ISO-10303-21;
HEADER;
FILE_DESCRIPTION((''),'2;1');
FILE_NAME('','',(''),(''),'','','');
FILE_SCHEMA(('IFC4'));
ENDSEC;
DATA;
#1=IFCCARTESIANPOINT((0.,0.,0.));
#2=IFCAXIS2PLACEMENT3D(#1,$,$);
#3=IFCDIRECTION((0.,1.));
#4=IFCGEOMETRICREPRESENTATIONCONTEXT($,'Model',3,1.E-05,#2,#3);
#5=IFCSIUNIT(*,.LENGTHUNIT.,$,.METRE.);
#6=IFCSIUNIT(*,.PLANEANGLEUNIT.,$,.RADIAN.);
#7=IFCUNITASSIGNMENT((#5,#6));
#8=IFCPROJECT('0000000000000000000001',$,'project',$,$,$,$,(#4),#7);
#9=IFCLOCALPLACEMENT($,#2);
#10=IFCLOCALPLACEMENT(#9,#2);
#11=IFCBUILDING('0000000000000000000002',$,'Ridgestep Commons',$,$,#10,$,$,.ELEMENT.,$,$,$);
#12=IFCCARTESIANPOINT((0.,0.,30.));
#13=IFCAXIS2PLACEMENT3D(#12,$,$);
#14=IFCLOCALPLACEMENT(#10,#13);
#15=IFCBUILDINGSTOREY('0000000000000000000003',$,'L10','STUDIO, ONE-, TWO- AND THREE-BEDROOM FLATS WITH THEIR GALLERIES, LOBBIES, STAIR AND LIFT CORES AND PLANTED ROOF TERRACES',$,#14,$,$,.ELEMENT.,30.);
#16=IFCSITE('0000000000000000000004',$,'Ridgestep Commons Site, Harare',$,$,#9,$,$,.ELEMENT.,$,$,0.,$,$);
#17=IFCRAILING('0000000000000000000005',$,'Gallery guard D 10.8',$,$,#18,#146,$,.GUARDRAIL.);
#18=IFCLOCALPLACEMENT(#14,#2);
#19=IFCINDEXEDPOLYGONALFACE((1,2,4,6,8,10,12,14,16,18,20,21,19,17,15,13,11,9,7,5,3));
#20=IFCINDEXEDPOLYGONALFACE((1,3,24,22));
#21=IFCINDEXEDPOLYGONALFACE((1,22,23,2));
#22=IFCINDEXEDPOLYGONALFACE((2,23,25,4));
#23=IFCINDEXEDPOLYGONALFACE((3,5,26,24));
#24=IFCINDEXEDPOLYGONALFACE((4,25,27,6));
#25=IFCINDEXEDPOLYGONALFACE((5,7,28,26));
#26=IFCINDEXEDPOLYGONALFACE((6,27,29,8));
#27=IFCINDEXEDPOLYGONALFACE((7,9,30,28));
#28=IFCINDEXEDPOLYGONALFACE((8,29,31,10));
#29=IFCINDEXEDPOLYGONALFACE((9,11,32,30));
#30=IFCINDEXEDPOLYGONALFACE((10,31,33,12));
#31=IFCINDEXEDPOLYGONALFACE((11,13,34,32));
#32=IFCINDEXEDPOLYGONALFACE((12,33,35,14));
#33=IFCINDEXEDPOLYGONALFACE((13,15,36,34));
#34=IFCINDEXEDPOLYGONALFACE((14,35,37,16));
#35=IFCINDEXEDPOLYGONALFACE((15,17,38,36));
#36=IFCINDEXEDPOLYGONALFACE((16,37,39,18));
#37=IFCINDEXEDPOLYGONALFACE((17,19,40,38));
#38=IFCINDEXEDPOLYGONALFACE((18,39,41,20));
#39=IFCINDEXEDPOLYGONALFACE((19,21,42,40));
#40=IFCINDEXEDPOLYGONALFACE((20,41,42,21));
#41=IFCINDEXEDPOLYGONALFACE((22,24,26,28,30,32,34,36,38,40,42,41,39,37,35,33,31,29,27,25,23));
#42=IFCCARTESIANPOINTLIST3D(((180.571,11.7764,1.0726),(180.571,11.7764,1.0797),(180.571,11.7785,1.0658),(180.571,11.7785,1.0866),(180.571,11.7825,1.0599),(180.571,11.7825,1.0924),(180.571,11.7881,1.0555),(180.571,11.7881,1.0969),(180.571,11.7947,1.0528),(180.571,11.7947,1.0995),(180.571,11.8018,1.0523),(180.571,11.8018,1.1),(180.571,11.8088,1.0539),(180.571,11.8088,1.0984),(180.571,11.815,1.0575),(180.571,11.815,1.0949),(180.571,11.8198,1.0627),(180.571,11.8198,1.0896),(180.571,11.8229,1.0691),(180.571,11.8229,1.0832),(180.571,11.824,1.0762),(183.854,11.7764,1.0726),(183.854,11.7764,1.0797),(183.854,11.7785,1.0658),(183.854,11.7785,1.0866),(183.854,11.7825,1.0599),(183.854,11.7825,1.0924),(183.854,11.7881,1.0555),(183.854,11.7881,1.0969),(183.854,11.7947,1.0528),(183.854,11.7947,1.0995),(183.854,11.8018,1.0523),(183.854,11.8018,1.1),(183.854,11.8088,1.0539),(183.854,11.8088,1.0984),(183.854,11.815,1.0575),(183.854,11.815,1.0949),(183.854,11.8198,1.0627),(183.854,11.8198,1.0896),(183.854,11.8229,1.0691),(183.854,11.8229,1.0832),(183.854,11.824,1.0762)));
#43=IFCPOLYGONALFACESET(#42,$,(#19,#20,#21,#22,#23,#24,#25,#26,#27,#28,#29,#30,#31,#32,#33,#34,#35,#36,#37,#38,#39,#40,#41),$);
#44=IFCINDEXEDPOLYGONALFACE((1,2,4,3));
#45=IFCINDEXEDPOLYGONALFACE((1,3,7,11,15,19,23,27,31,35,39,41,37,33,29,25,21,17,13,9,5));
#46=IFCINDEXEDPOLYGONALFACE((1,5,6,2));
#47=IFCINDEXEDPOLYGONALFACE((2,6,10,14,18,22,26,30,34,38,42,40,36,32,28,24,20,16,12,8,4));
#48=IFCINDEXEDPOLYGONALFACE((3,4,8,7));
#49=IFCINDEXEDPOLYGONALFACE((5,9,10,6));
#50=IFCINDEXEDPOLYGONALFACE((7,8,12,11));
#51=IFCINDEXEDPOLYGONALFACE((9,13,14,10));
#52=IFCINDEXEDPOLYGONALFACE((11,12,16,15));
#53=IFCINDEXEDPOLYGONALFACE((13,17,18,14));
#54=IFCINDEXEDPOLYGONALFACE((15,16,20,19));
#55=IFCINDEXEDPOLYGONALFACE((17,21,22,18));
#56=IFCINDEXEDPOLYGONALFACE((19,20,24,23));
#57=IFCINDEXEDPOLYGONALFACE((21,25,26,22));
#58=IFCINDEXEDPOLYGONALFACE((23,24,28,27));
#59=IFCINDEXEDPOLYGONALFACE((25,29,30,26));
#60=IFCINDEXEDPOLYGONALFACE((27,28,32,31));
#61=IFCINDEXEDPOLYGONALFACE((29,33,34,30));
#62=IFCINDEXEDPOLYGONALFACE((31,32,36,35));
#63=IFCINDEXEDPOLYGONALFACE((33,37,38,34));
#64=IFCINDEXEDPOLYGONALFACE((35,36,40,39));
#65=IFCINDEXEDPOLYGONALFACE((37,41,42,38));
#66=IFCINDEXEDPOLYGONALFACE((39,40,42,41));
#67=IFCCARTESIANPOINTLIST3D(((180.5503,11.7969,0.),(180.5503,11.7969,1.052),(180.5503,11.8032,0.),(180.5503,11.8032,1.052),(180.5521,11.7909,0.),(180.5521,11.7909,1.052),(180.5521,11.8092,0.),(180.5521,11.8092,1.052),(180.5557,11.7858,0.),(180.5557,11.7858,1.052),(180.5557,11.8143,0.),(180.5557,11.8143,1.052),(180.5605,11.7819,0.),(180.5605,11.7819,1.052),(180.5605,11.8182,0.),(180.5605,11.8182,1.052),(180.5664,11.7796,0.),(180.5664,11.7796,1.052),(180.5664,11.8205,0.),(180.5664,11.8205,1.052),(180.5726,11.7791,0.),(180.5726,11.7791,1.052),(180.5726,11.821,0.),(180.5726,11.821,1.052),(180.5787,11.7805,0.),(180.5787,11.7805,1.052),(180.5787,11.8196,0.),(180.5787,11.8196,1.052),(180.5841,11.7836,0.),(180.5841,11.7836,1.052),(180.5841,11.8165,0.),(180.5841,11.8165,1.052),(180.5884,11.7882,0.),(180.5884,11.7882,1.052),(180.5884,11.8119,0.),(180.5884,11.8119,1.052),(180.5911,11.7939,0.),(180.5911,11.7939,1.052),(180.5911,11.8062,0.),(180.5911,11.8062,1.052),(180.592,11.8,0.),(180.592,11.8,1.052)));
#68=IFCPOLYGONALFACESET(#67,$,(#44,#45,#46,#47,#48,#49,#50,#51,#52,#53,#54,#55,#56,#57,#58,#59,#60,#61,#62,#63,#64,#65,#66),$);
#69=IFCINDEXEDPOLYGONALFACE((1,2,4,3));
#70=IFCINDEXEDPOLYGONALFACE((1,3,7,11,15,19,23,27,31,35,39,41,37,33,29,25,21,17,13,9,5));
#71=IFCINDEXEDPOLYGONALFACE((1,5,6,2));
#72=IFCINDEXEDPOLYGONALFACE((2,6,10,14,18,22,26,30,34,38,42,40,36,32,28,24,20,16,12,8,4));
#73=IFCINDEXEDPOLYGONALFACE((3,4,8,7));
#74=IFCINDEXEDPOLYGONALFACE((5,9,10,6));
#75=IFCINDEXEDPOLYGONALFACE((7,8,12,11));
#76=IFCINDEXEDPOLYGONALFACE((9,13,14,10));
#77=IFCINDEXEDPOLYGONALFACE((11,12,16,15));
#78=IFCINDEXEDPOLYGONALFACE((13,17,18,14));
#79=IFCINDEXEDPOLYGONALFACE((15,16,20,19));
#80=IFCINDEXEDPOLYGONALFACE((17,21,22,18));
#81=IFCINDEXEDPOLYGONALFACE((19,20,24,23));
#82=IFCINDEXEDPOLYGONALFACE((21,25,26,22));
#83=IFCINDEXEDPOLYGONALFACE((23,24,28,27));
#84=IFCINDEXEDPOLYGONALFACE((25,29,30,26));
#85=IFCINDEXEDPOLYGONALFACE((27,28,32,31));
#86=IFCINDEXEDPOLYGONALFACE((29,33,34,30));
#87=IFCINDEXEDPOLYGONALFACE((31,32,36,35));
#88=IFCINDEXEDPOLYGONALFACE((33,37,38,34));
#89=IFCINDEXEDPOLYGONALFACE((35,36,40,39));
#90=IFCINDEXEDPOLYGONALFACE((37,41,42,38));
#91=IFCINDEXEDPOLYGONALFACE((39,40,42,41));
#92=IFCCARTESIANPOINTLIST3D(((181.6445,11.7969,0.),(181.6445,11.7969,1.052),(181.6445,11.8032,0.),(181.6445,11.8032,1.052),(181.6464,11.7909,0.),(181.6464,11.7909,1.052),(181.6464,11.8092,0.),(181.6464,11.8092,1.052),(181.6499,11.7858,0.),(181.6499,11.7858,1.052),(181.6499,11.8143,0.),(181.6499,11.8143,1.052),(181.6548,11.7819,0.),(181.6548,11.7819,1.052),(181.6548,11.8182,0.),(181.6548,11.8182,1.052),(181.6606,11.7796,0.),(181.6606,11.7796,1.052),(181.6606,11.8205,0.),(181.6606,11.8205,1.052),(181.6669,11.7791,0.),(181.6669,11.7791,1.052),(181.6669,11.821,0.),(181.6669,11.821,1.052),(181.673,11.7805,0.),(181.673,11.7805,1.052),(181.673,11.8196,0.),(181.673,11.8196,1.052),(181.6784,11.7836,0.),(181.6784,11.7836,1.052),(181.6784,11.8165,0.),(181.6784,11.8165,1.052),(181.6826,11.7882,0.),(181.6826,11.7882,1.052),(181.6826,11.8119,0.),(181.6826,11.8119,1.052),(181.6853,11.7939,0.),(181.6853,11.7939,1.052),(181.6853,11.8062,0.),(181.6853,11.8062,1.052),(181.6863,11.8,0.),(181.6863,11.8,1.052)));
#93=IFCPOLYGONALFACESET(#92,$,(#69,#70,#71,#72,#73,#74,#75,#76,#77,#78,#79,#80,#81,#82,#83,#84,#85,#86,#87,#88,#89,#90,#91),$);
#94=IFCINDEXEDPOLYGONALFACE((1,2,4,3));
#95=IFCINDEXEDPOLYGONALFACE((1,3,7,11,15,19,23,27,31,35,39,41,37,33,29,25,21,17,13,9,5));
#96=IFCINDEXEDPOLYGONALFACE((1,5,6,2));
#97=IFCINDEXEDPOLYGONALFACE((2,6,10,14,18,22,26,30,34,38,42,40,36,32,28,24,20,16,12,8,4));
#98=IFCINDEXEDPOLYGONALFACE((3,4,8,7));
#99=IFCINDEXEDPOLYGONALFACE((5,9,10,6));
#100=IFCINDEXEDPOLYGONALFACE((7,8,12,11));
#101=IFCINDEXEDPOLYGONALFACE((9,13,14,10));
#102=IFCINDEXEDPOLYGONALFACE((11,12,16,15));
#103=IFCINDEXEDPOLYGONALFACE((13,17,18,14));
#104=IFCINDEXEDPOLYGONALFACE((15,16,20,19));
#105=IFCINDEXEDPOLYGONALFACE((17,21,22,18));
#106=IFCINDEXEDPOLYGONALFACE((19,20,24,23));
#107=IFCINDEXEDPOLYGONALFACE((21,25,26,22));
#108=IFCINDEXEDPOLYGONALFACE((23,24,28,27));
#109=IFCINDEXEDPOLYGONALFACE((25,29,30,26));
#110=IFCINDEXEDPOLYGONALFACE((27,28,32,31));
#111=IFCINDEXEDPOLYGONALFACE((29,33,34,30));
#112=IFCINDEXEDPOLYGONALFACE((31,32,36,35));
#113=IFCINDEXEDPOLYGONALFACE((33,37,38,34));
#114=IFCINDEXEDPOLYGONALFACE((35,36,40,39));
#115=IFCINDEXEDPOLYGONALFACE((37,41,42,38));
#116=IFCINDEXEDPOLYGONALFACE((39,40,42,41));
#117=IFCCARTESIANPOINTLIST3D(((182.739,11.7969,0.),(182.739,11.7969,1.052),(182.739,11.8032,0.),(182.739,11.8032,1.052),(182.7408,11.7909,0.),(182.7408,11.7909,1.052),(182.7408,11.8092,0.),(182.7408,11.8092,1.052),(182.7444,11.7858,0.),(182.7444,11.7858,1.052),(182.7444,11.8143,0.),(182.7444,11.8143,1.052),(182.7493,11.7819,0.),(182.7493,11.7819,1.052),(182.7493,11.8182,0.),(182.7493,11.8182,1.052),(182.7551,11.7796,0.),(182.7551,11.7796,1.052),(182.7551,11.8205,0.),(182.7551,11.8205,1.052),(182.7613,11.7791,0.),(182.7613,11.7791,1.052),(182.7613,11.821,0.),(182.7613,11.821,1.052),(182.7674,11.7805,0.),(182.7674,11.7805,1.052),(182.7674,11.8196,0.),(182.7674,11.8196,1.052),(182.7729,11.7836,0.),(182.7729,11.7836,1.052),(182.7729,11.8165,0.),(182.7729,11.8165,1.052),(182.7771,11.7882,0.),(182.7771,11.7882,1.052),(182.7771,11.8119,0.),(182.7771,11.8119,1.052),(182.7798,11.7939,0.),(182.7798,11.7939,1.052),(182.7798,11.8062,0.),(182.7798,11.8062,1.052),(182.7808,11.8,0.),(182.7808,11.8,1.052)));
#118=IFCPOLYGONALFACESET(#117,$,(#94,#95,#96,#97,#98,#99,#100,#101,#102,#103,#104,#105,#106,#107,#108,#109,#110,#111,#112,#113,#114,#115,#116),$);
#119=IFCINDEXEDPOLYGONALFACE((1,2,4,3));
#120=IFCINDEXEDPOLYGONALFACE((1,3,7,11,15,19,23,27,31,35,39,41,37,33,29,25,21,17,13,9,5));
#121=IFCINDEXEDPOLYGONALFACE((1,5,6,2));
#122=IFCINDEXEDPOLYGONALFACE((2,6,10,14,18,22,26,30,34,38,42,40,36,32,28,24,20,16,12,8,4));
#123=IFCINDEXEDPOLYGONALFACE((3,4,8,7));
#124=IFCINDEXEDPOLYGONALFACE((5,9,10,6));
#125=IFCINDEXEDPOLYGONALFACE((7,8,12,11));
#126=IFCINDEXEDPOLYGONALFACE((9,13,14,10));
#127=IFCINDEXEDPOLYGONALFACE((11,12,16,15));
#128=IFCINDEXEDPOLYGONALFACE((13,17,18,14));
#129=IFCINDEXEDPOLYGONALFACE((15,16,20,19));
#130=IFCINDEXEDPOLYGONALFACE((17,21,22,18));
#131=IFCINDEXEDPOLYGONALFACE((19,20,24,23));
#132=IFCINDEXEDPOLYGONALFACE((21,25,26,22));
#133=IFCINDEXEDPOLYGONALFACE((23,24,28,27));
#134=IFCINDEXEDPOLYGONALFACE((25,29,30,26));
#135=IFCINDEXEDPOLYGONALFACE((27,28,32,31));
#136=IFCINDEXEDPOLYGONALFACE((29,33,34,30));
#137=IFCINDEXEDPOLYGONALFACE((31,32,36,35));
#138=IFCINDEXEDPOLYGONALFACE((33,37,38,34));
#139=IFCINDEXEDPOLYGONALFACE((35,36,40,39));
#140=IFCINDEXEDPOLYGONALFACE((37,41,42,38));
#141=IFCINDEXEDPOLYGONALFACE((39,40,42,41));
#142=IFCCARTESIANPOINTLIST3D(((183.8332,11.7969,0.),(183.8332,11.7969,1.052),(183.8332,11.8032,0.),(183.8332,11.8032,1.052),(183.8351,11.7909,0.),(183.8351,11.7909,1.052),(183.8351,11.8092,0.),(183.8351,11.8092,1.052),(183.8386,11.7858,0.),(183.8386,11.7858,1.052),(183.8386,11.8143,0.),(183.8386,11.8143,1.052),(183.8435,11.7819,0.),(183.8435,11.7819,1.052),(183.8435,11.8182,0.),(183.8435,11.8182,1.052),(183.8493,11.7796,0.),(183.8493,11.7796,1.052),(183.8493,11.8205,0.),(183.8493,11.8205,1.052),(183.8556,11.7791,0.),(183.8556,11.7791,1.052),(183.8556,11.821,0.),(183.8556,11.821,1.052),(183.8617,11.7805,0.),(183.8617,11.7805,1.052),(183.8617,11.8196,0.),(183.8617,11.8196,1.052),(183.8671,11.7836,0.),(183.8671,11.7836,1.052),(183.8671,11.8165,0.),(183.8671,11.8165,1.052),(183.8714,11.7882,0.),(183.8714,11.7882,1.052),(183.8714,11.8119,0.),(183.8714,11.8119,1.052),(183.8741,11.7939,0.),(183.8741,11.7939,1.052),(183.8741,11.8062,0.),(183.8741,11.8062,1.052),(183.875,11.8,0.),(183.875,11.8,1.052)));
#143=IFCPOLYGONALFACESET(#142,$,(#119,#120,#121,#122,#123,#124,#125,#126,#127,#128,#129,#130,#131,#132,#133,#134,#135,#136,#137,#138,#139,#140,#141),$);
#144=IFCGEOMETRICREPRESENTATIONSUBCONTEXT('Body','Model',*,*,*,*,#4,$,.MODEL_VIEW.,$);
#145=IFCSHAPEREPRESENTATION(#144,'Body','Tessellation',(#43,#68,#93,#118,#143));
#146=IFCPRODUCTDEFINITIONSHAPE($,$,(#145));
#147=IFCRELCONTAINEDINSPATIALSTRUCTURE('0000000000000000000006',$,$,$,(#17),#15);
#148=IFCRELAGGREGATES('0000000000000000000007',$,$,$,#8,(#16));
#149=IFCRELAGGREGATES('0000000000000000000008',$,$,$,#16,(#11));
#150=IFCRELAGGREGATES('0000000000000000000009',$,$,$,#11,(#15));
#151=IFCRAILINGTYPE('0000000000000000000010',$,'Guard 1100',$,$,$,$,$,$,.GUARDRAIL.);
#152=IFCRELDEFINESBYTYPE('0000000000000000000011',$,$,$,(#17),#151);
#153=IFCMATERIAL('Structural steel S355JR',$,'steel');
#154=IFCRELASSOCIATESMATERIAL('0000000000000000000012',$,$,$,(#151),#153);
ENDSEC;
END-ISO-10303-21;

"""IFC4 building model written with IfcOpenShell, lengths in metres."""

from ifc_helpers import new_model, si_unit, direction, frame, origin, origin_2d, place, context, subcontext, project, spatial, circle, extrude, material, type_object, element, save


model = new_model("IFC4")

# Units and contexts
model_context = context("Model", 3, precision=1e-05, world=origin(), true_north=direction((0.0, 1.0)))
body_context = subcontext(model_context, "Body", "Model", "MODEL_VIEW")
ifc_project = project(units=[si_unit("LENGTHUNIT", "METRE"), si_unit("PLANEANGLEUNIT", "RADIAN")], contexts=[model_context])

# Site, building, storey
site_placement = place(None, origin())
site = spatial("IfcSite", under=ifc_project, at=site_placement, Name="Ridgestep Commons Site, Harare", CompositionType="ELEMENT", RefElevation=0.0)
building_placement = place(site_placement, origin())
building = spatial("IfcBuilding", under=site, at=building_placement, Name="Ridgestep Commons", CompositionType="ELEMENT")
storey_placement = place(building_placement, frame((0.0, 0.0, 30.0)))
storey = spatial("IfcBuildingStorey", under=building, at=storey_placement, Name="L10", Description="STUDIO, ONE-, TWO- AND THREE-BEDROOM FLATS WITH THEIR GALLERIES, LOBBIES, STAIR AND LIFT CORES AND PLANTED ROOF TERRACES", CompositionType="ELEMENT", Elevation=30.0)

# Railing
ifc_material_1 = material(Name="Structural steel S355JR", Category="steel")
railing_type = type_object("IfcRailingType", Name="Guard 1100", PredefinedType="GUARDRAIL", material=ifc_material_1)
railing_placement = place(storey_placement, frame((180.571, 11.8, 0.0)))
element("IfcRailing", 1, at=railing_placement, inside=storey, type_object=railing_type, Name="Gallery guard D 10.8", PredefinedType="GUARDRAIL", context=body_context, shape_type="SweptSolid", body=[
    extrude(circle(Radius=0.0239, at=origin_2d()), frame((0.0, 0.0, 1.0762), z_axis=(1.0, 0.0, 0.0), x_axis=(0.0, 1.0, 0.0)), (0.0, 0.0, 1.0), 3.283),
    extrude(circle(Radius=0.021, at=origin_2d()), origin(), (0.0, 0.0, 1.0), 1.052),
    extrude(circle(Radius=0.021, at=origin_2d()), frame((1.0942, 0.0, 0.0)), (0.0, 0.0, 1.0), 1.052),
    extrude(circle(Radius=0.021, at=origin_2d()), frame((2.1887, 0.0, 0.0)), (0.0, 0.0, 1.0), 1.052),
    extrude(circle(Radius=0.021, at=origin_2d()), frame((3.283, 0.0, 0.0)), (0.0, 0.0, 1.0), 1.052),
])

save(model, "model.ifc")
